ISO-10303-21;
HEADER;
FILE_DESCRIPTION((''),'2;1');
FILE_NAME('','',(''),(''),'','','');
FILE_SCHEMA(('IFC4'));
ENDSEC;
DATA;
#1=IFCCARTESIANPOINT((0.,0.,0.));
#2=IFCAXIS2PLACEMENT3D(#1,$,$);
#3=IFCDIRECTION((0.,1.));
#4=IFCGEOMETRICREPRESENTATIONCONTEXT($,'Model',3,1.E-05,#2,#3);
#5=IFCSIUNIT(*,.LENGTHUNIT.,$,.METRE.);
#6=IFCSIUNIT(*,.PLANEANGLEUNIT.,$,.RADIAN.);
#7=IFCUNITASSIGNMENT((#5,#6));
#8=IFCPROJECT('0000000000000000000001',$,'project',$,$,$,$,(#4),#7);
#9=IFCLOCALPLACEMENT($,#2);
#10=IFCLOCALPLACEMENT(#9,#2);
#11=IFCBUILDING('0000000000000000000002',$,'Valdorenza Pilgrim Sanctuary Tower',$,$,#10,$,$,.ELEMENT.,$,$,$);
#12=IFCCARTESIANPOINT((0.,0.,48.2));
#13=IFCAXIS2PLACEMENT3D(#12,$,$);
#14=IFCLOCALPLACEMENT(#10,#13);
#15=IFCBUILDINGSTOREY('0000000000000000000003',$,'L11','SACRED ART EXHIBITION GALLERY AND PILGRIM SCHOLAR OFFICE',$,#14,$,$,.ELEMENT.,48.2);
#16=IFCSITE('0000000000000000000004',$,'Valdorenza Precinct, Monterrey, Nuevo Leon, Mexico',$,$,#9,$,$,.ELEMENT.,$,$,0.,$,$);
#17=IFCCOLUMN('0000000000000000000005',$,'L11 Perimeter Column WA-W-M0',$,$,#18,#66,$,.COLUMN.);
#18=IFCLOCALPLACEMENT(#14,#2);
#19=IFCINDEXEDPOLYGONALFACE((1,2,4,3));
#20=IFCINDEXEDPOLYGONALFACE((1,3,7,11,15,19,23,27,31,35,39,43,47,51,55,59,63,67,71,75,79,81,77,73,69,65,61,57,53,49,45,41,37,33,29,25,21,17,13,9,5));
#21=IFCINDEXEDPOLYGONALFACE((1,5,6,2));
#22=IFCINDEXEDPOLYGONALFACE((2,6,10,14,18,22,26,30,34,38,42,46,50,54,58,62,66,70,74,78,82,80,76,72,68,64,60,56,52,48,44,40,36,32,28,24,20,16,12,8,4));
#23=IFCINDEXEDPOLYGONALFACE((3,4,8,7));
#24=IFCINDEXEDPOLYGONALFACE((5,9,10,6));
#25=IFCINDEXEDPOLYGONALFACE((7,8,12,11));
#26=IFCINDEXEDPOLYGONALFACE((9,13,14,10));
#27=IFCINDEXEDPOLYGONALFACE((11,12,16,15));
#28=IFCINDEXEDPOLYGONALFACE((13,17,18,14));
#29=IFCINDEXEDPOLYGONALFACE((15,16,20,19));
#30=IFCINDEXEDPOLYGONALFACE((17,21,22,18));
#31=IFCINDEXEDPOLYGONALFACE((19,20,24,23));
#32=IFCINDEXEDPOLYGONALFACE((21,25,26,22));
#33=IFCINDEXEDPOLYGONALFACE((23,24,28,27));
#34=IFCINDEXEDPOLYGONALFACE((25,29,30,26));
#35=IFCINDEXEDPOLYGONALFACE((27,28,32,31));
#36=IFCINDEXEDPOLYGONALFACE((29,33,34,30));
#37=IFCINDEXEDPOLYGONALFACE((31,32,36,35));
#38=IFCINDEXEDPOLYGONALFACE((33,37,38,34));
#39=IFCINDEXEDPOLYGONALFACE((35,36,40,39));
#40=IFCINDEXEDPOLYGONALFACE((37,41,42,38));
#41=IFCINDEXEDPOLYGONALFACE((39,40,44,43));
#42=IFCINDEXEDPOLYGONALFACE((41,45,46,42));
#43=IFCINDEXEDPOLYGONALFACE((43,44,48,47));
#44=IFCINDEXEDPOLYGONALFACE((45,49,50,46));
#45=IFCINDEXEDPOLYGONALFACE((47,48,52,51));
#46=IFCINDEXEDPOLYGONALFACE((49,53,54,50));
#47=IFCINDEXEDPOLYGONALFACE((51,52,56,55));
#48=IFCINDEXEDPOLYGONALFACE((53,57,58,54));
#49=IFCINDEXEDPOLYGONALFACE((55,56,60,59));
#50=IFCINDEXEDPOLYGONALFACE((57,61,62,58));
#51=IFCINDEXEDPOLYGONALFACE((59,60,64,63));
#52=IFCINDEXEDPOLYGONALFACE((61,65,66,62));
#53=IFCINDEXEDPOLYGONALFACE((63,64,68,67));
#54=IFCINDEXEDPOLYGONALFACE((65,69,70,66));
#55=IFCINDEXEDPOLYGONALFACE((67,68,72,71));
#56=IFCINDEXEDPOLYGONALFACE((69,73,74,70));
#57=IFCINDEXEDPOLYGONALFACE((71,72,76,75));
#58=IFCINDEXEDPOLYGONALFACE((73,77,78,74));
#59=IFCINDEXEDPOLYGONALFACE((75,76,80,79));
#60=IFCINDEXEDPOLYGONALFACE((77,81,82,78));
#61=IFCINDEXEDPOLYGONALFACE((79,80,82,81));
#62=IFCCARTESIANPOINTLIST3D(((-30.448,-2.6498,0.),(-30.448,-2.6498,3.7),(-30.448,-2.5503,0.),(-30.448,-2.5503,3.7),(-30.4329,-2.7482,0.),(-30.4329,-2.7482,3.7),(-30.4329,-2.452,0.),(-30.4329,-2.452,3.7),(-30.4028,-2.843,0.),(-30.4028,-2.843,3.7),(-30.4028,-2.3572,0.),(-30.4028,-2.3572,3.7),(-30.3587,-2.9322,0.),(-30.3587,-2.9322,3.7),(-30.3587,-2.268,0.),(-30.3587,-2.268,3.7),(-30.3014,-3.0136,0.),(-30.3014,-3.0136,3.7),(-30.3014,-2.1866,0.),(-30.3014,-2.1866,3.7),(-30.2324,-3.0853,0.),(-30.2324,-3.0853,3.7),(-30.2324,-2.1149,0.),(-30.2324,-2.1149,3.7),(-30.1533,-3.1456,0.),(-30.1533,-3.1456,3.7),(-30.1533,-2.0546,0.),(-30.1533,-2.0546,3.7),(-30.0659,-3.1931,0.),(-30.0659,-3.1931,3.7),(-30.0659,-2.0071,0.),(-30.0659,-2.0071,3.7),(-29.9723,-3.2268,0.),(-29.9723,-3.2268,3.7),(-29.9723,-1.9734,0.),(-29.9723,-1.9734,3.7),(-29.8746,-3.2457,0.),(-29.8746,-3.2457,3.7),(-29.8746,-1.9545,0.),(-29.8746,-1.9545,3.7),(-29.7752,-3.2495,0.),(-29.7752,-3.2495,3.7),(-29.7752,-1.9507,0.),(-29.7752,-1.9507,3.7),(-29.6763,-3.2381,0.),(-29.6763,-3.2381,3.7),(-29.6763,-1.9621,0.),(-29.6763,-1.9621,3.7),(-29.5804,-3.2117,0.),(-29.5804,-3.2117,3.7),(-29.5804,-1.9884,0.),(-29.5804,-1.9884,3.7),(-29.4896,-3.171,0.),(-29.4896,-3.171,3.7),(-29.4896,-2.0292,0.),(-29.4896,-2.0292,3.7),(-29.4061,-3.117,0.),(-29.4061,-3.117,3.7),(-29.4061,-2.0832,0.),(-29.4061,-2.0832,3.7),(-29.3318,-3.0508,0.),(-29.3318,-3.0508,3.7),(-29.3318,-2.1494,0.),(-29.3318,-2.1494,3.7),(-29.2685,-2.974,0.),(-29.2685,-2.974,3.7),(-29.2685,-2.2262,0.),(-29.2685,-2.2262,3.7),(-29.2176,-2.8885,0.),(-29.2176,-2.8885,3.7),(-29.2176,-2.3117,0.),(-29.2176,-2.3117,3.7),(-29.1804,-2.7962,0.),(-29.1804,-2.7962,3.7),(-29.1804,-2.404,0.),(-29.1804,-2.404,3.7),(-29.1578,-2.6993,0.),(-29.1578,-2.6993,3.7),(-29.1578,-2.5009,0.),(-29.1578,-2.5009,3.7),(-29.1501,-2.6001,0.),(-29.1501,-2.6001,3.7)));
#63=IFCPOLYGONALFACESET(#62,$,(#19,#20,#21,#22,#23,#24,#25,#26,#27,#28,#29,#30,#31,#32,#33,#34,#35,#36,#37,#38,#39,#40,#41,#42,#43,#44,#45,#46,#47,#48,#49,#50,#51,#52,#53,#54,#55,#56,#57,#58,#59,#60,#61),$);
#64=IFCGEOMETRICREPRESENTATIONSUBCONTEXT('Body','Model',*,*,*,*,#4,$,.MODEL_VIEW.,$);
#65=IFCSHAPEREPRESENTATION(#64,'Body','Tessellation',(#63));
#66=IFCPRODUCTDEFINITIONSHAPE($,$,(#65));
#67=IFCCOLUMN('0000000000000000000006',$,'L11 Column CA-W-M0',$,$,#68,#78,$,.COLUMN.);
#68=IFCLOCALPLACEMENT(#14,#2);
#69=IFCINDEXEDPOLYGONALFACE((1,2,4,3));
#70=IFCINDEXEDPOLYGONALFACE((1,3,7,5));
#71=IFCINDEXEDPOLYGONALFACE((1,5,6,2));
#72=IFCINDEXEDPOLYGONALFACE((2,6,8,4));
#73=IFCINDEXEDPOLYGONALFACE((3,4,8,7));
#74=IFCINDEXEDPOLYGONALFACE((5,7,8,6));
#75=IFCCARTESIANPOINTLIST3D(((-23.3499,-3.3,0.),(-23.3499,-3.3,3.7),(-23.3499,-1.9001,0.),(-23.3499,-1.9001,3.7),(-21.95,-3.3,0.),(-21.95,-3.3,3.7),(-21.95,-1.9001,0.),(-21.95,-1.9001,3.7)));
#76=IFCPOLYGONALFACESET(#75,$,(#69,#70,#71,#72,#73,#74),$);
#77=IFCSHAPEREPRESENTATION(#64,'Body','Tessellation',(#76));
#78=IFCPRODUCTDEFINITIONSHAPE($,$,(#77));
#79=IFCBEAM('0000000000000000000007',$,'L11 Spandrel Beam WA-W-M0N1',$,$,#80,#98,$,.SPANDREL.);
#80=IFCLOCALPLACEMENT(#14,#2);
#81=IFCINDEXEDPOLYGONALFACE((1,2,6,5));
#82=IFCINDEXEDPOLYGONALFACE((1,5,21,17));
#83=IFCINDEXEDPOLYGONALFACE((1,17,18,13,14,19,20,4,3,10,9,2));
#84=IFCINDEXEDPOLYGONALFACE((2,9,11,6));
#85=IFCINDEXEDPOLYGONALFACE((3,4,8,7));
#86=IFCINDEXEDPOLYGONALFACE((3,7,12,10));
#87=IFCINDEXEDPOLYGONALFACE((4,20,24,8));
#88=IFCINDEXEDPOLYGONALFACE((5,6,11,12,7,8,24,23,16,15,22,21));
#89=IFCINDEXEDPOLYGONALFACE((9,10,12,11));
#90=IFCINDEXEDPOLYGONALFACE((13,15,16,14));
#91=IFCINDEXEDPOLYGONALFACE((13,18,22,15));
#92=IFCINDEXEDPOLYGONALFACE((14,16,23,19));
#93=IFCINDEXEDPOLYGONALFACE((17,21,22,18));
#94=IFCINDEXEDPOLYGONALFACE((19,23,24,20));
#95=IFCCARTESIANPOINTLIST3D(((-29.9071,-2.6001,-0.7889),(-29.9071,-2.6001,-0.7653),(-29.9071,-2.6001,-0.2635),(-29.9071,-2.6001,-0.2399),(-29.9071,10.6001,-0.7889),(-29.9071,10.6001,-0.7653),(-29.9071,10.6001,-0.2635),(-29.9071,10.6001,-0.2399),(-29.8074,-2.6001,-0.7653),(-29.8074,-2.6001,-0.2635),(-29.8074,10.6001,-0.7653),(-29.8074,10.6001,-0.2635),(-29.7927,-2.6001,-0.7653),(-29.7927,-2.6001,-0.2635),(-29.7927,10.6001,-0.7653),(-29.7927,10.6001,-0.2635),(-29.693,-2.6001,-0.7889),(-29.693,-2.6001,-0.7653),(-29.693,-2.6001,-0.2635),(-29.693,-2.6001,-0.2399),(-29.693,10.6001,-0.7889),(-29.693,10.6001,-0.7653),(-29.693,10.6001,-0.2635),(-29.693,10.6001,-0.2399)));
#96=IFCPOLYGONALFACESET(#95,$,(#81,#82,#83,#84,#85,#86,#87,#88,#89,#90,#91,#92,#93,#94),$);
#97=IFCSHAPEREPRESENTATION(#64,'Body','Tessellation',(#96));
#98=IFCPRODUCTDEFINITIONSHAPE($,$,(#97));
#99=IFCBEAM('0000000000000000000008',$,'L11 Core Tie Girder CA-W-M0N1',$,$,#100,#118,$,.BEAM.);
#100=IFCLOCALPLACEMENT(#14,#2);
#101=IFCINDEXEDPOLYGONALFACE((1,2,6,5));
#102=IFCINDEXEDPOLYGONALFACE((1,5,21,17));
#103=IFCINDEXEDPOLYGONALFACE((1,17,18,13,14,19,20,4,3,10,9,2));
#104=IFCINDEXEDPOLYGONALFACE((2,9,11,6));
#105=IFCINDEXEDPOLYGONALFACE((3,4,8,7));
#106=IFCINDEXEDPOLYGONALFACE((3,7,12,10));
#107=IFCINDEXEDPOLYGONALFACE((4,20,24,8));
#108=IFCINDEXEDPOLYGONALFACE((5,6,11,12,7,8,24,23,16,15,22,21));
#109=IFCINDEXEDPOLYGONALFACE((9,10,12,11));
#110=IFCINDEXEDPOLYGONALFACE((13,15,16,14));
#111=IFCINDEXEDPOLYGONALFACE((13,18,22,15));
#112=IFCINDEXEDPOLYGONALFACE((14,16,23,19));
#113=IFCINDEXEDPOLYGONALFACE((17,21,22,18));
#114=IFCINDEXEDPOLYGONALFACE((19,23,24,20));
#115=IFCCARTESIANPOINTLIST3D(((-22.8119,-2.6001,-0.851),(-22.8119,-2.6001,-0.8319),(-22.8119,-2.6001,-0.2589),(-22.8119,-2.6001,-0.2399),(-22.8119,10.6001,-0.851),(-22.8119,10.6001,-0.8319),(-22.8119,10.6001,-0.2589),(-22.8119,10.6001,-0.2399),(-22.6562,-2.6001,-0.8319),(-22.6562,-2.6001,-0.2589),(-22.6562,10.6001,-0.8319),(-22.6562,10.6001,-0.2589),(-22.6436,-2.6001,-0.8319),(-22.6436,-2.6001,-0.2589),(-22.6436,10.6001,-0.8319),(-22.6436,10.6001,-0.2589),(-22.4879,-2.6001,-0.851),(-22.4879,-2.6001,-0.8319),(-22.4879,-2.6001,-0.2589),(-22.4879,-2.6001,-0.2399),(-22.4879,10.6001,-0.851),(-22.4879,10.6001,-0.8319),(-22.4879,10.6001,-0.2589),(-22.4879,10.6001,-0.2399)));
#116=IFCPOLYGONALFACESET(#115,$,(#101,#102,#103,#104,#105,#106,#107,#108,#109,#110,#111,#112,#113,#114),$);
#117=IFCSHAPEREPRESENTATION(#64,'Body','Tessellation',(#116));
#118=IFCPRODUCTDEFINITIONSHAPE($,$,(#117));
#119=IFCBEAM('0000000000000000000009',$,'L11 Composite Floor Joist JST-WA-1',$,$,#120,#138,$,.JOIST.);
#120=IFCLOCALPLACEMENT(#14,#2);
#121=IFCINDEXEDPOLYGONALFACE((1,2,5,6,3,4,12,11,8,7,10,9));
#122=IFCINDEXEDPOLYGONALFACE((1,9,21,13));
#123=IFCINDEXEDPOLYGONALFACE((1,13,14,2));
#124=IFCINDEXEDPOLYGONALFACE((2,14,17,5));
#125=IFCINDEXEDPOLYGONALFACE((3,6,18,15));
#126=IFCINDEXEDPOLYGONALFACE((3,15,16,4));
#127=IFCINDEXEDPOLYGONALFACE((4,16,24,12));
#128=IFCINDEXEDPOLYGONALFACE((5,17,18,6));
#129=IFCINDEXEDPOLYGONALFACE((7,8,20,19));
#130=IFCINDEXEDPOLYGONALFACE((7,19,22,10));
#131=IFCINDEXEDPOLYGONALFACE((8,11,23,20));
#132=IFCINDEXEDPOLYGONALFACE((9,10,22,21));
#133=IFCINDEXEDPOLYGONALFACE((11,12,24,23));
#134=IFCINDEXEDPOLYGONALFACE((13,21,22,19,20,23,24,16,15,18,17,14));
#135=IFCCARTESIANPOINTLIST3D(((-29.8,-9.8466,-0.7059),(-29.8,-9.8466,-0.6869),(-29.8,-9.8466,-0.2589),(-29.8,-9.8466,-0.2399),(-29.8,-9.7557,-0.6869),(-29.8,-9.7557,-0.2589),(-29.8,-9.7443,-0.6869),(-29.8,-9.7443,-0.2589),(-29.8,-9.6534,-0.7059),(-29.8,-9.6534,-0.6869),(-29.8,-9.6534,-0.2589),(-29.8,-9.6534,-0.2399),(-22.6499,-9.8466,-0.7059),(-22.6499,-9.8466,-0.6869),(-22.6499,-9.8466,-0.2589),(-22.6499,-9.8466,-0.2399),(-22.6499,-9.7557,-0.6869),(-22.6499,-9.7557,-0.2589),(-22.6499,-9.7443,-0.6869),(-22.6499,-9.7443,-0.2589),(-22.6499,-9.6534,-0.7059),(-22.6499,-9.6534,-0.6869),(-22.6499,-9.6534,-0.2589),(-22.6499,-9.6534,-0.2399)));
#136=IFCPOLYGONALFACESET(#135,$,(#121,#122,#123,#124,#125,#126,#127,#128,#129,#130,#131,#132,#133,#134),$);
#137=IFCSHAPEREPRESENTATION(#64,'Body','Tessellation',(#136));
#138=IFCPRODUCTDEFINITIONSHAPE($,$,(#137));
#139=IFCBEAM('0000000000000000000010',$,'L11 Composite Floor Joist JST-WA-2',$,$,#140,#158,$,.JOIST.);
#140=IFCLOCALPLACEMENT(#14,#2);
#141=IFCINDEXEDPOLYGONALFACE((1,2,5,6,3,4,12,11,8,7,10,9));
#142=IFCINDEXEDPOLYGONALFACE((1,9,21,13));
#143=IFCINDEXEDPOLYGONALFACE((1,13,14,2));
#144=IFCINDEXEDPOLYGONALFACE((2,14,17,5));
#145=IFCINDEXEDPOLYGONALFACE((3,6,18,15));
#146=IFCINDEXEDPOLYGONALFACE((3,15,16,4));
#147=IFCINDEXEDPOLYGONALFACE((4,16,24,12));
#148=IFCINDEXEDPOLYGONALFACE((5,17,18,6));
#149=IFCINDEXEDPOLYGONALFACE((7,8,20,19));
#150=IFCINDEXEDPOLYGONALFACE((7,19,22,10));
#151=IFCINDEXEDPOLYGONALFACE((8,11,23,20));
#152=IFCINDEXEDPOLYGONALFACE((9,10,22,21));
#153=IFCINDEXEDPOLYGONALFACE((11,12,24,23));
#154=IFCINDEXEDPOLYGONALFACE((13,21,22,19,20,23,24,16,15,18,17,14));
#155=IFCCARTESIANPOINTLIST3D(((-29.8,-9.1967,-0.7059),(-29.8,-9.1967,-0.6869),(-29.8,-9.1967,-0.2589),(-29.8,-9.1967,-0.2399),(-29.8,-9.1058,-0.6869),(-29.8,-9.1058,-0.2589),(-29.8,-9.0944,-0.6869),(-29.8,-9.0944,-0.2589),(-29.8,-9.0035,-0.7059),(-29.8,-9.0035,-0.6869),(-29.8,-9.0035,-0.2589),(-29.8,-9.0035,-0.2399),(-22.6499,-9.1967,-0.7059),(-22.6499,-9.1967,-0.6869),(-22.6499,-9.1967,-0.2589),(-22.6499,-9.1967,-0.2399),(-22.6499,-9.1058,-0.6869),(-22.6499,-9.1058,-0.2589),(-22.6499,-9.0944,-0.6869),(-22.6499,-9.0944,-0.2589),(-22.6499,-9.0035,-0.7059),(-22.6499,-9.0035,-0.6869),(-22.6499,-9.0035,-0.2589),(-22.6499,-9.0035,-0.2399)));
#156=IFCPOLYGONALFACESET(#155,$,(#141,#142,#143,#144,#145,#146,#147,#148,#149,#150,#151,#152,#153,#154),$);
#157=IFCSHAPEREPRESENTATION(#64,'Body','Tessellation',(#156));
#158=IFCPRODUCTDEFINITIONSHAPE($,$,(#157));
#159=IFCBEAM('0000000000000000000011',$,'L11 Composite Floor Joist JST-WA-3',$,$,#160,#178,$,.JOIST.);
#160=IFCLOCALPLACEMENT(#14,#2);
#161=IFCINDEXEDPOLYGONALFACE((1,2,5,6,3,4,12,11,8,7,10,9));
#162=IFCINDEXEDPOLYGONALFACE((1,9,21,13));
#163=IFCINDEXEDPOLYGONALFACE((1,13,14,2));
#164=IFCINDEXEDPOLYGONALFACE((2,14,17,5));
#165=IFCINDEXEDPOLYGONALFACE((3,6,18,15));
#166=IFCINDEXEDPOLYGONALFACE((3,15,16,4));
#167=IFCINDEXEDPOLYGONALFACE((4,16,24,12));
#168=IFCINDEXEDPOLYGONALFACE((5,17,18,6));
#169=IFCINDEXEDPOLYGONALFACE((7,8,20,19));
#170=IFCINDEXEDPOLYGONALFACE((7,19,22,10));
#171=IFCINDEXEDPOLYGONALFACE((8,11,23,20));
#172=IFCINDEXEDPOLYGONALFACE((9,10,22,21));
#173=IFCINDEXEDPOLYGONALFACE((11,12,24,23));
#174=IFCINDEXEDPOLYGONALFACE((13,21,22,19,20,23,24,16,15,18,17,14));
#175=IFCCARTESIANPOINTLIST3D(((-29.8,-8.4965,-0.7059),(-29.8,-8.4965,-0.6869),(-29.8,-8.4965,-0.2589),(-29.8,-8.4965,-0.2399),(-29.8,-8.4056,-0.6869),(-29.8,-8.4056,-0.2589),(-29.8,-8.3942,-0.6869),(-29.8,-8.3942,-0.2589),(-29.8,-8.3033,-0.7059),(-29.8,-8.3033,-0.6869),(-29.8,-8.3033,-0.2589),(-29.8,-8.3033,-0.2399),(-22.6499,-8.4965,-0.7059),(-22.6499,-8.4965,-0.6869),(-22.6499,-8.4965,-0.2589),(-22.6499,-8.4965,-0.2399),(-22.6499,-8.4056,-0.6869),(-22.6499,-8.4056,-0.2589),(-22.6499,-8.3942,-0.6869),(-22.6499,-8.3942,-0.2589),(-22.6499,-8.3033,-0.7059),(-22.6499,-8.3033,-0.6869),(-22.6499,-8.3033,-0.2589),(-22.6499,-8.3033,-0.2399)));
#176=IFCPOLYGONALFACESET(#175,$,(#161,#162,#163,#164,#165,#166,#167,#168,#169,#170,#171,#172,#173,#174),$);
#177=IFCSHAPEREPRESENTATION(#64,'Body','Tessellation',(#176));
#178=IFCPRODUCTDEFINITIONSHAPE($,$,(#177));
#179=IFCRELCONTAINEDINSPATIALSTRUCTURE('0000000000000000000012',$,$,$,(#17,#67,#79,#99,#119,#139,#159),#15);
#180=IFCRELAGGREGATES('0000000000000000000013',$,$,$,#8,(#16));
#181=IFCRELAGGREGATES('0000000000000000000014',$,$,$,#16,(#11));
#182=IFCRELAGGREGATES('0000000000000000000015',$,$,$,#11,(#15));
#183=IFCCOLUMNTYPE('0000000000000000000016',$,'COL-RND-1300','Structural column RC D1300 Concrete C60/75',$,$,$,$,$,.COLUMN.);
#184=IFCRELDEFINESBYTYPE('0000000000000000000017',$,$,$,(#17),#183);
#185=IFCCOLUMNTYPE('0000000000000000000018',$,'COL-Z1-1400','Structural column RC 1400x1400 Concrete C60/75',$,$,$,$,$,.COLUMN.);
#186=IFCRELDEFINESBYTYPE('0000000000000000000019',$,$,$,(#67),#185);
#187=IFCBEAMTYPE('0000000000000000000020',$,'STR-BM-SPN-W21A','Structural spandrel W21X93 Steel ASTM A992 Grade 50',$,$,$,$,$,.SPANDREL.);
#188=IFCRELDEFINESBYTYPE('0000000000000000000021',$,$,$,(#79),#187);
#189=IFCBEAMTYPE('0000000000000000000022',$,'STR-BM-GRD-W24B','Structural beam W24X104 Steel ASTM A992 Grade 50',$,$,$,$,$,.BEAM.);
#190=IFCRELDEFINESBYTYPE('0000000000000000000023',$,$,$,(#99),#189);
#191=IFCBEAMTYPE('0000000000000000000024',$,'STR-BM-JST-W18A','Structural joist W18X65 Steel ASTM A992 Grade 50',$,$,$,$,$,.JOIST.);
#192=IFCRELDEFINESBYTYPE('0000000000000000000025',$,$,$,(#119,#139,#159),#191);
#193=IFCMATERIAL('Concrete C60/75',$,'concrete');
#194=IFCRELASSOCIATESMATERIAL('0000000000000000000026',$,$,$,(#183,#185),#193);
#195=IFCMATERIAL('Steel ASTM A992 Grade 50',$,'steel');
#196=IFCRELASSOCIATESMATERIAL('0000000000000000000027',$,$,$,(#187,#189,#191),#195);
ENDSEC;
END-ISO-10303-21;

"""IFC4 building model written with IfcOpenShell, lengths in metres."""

from ifc_helpers import new_model, si_unit, direction, frame, origin, origin_2d, place, context, subcontext, project, spatial, rectangle, circle, i_section, extrude, source, transform, mapped, material, material_profile, profile_set, type_object, element, save


model = new_model("IFC4")

# Units and contexts
model_context = context("Model", 3, precision=1e-05, world=origin(), true_north=direction((0.0, 1.0)))
body_context = subcontext(model_context, "Body", "Model", "MODEL_VIEW")
ifc_project = project(units=[si_unit("LENGTHUNIT", "METRE"), si_unit("PLANEANGLEUNIT", "RADIAN")], contexts=[model_context])

# Site, building, storey
site_placement = place(None, origin())
site = spatial("IfcSite", under=ifc_project, at=site_placement, Name="Valdorenza Precinct, Monterrey, Nuevo Leon, Mexico", CompositionType="ELEMENT", RefElevation=0.0)
building_placement = place(site_placement, origin())
building = spatial("IfcBuilding", under=site, at=building_placement, Name="Valdorenza Pilgrim Sanctuary Tower", CompositionType="ELEMENT")
storey_placement = place(building_placement, frame((0.0, 0.0, 48.2)))
storey = spatial("IfcBuildingStorey", under=building, at=storey_placement, Name="L11", Description="SACRED ART EXHIBITION GALLERY AND PILGRIM SCHOLAR OFFICE", CompositionType="ELEMENT", Elevation=48.2)

# Columns
ifc_material_1 = material(Name="Concrete C60/75", Category="concrete")
ifc_material_profile_1 = material_profile(ifc_material_1, circle(Radius=0.6499, at=origin_2d()), Name="RC D1300")
ifc_profile_set_1 = profile_set([ifc_material_profile_1], Name="Concrete C60/75")
column_type_1 = type_object("IfcColumnType", Name="COL-RND-1300", Description="Structural column RC D1300 Concrete C60/75", PredefinedType="COLUMN", material=ifc_profile_set_1)
shared_shape_1 = source(origin(), body_context, "Body", "SweptSolid", [
    extrude(circle(Radius=0.6499, at=origin_2d()), origin(), (0.0, 0.0, 1.0), 3.7),
])
column_1_placement = place(storey_placement, frame((-29.8, -2.6001, 0.0), z_axis=(0.0, 0.0, 1.0), x_axis=(1.0, 0.0, 0.0)))
element("IfcColumn", 1, at=column_1_placement, inside=storey, type_object=column_type_1, Name="L11 Perimeter Column WA-W-M0", PredefinedType="COLUMN", context=body_context, shape_type="MappedRepresentation", body=[
    mapped(shared_shape_1, transform((0.0, 0.0, 0.0), x_axis=(1.0, 0.0, 0.0), y_axis=(0.0, 1.0, 0.0), z_axis=(0.0, 0.0, 1.0), scale=1.0)),
])
ifc_material_profile_2 = material_profile(ifc_material_1, rectangle(XDim=1.3999, YDim=1.3999, at=origin_2d()), Name="RC 1400x1400")
ifc_profile_set_2 = profile_set([ifc_material_profile_2], Name="Concrete C60/75")
column_type_2 = type_object("IfcColumnType", Name="COL-Z1-1400", Description="Structural column RC 1400x1400 Concrete C60/75", PredefinedType="COLUMN", material=ifc_profile_set_2)
shared_shape_2 = source(origin(), body_context, "Body", "SweptSolid", [
    extrude(rectangle(XDim=1.3999, YDim=1.3999, at=origin_2d()), origin(), (0.0, 0.0, 1.0), 3.7),
])
column_2_placement = place(storey_placement, frame((-22.6499, -2.6001, 0.0), z_axis=(0.0, 0.0, 1.0), x_axis=(1.0, 0.0, 0.0)))
element("IfcColumn", 2, at=column_2_placement, inside=storey, type_object=column_type_2, Name="L11 Column CA-W-M0", PredefinedType="COLUMN", context=body_context, shape_type="MappedRepresentation", body=[
    mapped(shared_shape_2, transform((0.0, 0.0, 0.0), x_axis=(1.0, 0.0, 0.0), y_axis=(0.0, 1.0, 0.0), z_axis=(0.0, 0.0, 1.0), scale=1.0)),
])

# Beams
ifc_material_2 = material(Name="Steel ASTM A992 Grade 50", Category="steel")
ifc_material_profile_3 = material_profile(ifc_material_2, i_section(OverallWidth=0.2141, OverallDepth=0.5491, WebThickness=0.0146, FlangeThickness=0.0237, at=origin_2d()), Name="W21X93")
ifc_profile_set_3 = profile_set([ifc_material_profile_3], Name="Steel ASTM A992 Grade 50")
beam_type_1 = type_object("IfcBeamType", Name="STR-BM-SPN-W21A", Description="Structural spandrel W21X93 Steel ASTM A992 Grade 50", PredefinedType="SPANDREL", material=ifc_profile_set_3)
shared_shape_3 = source(origin(), body_context, "Body", "SweptSolid", [
    extrude(i_section(OverallWidth=0.2141, OverallDepth=0.5491, WebThickness=0.0146, FlangeThickness=0.0237, at=origin_2d()), origin(), (0.0, 0.0, 1.0), 13.2002),
])
beam_1_placement = place(storey_placement, frame((-29.8, -2.6001, -0.5144), z_axis=(0.0, 1.0, 0.0), x_axis=(-1.0, 0.0, 0.0)))
element("IfcBeam", 3, at=beam_1_placement, inside=storey, type_object=beam_type_1, Name="L11 Spandrel Beam WA-W-M0N1", PredefinedType="SPANDREL", context=body_context, shape_type="MappedRepresentation", body=[
    mapped(shared_shape_3, transform((0.0, 0.0, 0.0), x_axis=(1.0, 0.0, 0.0), y_axis=(0.0, 1.0, 0.0), z_axis=(0.0, 0.0, 1.0), scale=1.0)),
])
ifc_material_profile_4 = material_profile(ifc_material_2, i_section(OverallWidth=0.324, OverallDepth=0.6111, WebThickness=0.0127, FlangeThickness=0.019, at=origin_2d()), Name="W24X104")
ifc_profile_set_4 = profile_set([ifc_material_profile_4], Name="Steel ASTM A992 Grade 50")
beam_type_2 = type_object("IfcBeamType", Name="STR-BM-GRD-W24B", Description="Structural beam W24X104 Steel ASTM A992 Grade 50", PredefinedType="BEAM", material=ifc_profile_set_4)
shared_shape_4 = source(origin(), body_context, "Body", "SweptSolid", [
    extrude(i_section(OverallWidth=0.324, OverallDepth=0.6111, WebThickness=0.0127, FlangeThickness=0.019, at=origin_2d()), origin(), (0.0, 0.0, 1.0), 13.2002),
])
beam_2_placement = place(storey_placement, frame((-22.6499, -2.6001, -0.5454), z_axis=(0.0, 1.0, 0.0), x_axis=(-1.0, 0.0, 0.0)))
element("IfcBeam", 4, at=beam_2_placement, inside=storey, type_object=beam_type_2, Name="L11 Core Tie Girder CA-W-M0N1", PredefinedType="BEAM", context=body_context, shape_type="MappedRepresentation", body=[
    mapped(shared_shape_4, transform((0.0, 0.0, 0.0), x_axis=(1.0, 0.0, 0.0), y_axis=(0.0, 1.0, 0.0), z_axis=(0.0, 0.0, 1.0), scale=1.0)),
])
ifc_material_profile_5 = material_profile(ifc_material_2, i_section(OverallWidth=0.1931, OverallDepth=0.4661, WebThickness=0.0115, FlangeThickness=0.019, at=origin_2d()), Name="W18X65")
ifc_profile_set_5 = profile_set([ifc_material_profile_5], Name="Steel ASTM A992 Grade 50")
beam_type_3 = type_object("IfcBeamType", Name="STR-BM-JST-W18A", Description="Structural joist W18X65 Steel ASTM A992 Grade 50", PredefinedType="JOIST", material=ifc_profile_set_5)
shared_shape_5 = source(origin(), body_context, "Body", "SweptSolid", [
    extrude(i_section(OverallWidth=0.1931, OverallDepth=0.4661, WebThickness=0.0115, FlangeThickness=0.019, at=origin_2d()), origin(), (0.0, 0.0, 1.0), 7.1501),
])
for number, where, z_axis, x_axis, name in (
    (5, (-29.8, -9.75, -0.4729), (1.0, 0.0, 0.0), (0.0, 1.0, 0.0), "L11 Composite Floor Joist JST-WA-1"),
    (6, (-29.8, -9.1001, -0.4729), (1.0, 0.0, 0.0), (0.0, 1.0, 0.0), "L11 Composite Floor Joist JST-WA-2"),
    (7, (-29.8, -8.3999, -0.4729), (1.0, 0.0, 0.0), (0.0, 1.0, 0.0), "L11 Composite Floor Joist JST-WA-3"),
):
    element("IfcBeam", number, at=place(storey_placement, frame(where, z_axis=z_axis, x_axis=x_axis)), inside=storey, type_object=beam_type_3, Name=name, PredefinedType="JOIST", context=body_context, shape_type="MappedRepresentation", body=[
        mapped(shared_shape_5, transform((0.0, 0.0, 0.0), x_axis=(1.0, 0.0, 0.0), y_axis=(0.0, 1.0, 0.0), z_axis=(0.0, 0.0, 1.0), scale=1.0)),
    ])

save(model, "model.ifc")
